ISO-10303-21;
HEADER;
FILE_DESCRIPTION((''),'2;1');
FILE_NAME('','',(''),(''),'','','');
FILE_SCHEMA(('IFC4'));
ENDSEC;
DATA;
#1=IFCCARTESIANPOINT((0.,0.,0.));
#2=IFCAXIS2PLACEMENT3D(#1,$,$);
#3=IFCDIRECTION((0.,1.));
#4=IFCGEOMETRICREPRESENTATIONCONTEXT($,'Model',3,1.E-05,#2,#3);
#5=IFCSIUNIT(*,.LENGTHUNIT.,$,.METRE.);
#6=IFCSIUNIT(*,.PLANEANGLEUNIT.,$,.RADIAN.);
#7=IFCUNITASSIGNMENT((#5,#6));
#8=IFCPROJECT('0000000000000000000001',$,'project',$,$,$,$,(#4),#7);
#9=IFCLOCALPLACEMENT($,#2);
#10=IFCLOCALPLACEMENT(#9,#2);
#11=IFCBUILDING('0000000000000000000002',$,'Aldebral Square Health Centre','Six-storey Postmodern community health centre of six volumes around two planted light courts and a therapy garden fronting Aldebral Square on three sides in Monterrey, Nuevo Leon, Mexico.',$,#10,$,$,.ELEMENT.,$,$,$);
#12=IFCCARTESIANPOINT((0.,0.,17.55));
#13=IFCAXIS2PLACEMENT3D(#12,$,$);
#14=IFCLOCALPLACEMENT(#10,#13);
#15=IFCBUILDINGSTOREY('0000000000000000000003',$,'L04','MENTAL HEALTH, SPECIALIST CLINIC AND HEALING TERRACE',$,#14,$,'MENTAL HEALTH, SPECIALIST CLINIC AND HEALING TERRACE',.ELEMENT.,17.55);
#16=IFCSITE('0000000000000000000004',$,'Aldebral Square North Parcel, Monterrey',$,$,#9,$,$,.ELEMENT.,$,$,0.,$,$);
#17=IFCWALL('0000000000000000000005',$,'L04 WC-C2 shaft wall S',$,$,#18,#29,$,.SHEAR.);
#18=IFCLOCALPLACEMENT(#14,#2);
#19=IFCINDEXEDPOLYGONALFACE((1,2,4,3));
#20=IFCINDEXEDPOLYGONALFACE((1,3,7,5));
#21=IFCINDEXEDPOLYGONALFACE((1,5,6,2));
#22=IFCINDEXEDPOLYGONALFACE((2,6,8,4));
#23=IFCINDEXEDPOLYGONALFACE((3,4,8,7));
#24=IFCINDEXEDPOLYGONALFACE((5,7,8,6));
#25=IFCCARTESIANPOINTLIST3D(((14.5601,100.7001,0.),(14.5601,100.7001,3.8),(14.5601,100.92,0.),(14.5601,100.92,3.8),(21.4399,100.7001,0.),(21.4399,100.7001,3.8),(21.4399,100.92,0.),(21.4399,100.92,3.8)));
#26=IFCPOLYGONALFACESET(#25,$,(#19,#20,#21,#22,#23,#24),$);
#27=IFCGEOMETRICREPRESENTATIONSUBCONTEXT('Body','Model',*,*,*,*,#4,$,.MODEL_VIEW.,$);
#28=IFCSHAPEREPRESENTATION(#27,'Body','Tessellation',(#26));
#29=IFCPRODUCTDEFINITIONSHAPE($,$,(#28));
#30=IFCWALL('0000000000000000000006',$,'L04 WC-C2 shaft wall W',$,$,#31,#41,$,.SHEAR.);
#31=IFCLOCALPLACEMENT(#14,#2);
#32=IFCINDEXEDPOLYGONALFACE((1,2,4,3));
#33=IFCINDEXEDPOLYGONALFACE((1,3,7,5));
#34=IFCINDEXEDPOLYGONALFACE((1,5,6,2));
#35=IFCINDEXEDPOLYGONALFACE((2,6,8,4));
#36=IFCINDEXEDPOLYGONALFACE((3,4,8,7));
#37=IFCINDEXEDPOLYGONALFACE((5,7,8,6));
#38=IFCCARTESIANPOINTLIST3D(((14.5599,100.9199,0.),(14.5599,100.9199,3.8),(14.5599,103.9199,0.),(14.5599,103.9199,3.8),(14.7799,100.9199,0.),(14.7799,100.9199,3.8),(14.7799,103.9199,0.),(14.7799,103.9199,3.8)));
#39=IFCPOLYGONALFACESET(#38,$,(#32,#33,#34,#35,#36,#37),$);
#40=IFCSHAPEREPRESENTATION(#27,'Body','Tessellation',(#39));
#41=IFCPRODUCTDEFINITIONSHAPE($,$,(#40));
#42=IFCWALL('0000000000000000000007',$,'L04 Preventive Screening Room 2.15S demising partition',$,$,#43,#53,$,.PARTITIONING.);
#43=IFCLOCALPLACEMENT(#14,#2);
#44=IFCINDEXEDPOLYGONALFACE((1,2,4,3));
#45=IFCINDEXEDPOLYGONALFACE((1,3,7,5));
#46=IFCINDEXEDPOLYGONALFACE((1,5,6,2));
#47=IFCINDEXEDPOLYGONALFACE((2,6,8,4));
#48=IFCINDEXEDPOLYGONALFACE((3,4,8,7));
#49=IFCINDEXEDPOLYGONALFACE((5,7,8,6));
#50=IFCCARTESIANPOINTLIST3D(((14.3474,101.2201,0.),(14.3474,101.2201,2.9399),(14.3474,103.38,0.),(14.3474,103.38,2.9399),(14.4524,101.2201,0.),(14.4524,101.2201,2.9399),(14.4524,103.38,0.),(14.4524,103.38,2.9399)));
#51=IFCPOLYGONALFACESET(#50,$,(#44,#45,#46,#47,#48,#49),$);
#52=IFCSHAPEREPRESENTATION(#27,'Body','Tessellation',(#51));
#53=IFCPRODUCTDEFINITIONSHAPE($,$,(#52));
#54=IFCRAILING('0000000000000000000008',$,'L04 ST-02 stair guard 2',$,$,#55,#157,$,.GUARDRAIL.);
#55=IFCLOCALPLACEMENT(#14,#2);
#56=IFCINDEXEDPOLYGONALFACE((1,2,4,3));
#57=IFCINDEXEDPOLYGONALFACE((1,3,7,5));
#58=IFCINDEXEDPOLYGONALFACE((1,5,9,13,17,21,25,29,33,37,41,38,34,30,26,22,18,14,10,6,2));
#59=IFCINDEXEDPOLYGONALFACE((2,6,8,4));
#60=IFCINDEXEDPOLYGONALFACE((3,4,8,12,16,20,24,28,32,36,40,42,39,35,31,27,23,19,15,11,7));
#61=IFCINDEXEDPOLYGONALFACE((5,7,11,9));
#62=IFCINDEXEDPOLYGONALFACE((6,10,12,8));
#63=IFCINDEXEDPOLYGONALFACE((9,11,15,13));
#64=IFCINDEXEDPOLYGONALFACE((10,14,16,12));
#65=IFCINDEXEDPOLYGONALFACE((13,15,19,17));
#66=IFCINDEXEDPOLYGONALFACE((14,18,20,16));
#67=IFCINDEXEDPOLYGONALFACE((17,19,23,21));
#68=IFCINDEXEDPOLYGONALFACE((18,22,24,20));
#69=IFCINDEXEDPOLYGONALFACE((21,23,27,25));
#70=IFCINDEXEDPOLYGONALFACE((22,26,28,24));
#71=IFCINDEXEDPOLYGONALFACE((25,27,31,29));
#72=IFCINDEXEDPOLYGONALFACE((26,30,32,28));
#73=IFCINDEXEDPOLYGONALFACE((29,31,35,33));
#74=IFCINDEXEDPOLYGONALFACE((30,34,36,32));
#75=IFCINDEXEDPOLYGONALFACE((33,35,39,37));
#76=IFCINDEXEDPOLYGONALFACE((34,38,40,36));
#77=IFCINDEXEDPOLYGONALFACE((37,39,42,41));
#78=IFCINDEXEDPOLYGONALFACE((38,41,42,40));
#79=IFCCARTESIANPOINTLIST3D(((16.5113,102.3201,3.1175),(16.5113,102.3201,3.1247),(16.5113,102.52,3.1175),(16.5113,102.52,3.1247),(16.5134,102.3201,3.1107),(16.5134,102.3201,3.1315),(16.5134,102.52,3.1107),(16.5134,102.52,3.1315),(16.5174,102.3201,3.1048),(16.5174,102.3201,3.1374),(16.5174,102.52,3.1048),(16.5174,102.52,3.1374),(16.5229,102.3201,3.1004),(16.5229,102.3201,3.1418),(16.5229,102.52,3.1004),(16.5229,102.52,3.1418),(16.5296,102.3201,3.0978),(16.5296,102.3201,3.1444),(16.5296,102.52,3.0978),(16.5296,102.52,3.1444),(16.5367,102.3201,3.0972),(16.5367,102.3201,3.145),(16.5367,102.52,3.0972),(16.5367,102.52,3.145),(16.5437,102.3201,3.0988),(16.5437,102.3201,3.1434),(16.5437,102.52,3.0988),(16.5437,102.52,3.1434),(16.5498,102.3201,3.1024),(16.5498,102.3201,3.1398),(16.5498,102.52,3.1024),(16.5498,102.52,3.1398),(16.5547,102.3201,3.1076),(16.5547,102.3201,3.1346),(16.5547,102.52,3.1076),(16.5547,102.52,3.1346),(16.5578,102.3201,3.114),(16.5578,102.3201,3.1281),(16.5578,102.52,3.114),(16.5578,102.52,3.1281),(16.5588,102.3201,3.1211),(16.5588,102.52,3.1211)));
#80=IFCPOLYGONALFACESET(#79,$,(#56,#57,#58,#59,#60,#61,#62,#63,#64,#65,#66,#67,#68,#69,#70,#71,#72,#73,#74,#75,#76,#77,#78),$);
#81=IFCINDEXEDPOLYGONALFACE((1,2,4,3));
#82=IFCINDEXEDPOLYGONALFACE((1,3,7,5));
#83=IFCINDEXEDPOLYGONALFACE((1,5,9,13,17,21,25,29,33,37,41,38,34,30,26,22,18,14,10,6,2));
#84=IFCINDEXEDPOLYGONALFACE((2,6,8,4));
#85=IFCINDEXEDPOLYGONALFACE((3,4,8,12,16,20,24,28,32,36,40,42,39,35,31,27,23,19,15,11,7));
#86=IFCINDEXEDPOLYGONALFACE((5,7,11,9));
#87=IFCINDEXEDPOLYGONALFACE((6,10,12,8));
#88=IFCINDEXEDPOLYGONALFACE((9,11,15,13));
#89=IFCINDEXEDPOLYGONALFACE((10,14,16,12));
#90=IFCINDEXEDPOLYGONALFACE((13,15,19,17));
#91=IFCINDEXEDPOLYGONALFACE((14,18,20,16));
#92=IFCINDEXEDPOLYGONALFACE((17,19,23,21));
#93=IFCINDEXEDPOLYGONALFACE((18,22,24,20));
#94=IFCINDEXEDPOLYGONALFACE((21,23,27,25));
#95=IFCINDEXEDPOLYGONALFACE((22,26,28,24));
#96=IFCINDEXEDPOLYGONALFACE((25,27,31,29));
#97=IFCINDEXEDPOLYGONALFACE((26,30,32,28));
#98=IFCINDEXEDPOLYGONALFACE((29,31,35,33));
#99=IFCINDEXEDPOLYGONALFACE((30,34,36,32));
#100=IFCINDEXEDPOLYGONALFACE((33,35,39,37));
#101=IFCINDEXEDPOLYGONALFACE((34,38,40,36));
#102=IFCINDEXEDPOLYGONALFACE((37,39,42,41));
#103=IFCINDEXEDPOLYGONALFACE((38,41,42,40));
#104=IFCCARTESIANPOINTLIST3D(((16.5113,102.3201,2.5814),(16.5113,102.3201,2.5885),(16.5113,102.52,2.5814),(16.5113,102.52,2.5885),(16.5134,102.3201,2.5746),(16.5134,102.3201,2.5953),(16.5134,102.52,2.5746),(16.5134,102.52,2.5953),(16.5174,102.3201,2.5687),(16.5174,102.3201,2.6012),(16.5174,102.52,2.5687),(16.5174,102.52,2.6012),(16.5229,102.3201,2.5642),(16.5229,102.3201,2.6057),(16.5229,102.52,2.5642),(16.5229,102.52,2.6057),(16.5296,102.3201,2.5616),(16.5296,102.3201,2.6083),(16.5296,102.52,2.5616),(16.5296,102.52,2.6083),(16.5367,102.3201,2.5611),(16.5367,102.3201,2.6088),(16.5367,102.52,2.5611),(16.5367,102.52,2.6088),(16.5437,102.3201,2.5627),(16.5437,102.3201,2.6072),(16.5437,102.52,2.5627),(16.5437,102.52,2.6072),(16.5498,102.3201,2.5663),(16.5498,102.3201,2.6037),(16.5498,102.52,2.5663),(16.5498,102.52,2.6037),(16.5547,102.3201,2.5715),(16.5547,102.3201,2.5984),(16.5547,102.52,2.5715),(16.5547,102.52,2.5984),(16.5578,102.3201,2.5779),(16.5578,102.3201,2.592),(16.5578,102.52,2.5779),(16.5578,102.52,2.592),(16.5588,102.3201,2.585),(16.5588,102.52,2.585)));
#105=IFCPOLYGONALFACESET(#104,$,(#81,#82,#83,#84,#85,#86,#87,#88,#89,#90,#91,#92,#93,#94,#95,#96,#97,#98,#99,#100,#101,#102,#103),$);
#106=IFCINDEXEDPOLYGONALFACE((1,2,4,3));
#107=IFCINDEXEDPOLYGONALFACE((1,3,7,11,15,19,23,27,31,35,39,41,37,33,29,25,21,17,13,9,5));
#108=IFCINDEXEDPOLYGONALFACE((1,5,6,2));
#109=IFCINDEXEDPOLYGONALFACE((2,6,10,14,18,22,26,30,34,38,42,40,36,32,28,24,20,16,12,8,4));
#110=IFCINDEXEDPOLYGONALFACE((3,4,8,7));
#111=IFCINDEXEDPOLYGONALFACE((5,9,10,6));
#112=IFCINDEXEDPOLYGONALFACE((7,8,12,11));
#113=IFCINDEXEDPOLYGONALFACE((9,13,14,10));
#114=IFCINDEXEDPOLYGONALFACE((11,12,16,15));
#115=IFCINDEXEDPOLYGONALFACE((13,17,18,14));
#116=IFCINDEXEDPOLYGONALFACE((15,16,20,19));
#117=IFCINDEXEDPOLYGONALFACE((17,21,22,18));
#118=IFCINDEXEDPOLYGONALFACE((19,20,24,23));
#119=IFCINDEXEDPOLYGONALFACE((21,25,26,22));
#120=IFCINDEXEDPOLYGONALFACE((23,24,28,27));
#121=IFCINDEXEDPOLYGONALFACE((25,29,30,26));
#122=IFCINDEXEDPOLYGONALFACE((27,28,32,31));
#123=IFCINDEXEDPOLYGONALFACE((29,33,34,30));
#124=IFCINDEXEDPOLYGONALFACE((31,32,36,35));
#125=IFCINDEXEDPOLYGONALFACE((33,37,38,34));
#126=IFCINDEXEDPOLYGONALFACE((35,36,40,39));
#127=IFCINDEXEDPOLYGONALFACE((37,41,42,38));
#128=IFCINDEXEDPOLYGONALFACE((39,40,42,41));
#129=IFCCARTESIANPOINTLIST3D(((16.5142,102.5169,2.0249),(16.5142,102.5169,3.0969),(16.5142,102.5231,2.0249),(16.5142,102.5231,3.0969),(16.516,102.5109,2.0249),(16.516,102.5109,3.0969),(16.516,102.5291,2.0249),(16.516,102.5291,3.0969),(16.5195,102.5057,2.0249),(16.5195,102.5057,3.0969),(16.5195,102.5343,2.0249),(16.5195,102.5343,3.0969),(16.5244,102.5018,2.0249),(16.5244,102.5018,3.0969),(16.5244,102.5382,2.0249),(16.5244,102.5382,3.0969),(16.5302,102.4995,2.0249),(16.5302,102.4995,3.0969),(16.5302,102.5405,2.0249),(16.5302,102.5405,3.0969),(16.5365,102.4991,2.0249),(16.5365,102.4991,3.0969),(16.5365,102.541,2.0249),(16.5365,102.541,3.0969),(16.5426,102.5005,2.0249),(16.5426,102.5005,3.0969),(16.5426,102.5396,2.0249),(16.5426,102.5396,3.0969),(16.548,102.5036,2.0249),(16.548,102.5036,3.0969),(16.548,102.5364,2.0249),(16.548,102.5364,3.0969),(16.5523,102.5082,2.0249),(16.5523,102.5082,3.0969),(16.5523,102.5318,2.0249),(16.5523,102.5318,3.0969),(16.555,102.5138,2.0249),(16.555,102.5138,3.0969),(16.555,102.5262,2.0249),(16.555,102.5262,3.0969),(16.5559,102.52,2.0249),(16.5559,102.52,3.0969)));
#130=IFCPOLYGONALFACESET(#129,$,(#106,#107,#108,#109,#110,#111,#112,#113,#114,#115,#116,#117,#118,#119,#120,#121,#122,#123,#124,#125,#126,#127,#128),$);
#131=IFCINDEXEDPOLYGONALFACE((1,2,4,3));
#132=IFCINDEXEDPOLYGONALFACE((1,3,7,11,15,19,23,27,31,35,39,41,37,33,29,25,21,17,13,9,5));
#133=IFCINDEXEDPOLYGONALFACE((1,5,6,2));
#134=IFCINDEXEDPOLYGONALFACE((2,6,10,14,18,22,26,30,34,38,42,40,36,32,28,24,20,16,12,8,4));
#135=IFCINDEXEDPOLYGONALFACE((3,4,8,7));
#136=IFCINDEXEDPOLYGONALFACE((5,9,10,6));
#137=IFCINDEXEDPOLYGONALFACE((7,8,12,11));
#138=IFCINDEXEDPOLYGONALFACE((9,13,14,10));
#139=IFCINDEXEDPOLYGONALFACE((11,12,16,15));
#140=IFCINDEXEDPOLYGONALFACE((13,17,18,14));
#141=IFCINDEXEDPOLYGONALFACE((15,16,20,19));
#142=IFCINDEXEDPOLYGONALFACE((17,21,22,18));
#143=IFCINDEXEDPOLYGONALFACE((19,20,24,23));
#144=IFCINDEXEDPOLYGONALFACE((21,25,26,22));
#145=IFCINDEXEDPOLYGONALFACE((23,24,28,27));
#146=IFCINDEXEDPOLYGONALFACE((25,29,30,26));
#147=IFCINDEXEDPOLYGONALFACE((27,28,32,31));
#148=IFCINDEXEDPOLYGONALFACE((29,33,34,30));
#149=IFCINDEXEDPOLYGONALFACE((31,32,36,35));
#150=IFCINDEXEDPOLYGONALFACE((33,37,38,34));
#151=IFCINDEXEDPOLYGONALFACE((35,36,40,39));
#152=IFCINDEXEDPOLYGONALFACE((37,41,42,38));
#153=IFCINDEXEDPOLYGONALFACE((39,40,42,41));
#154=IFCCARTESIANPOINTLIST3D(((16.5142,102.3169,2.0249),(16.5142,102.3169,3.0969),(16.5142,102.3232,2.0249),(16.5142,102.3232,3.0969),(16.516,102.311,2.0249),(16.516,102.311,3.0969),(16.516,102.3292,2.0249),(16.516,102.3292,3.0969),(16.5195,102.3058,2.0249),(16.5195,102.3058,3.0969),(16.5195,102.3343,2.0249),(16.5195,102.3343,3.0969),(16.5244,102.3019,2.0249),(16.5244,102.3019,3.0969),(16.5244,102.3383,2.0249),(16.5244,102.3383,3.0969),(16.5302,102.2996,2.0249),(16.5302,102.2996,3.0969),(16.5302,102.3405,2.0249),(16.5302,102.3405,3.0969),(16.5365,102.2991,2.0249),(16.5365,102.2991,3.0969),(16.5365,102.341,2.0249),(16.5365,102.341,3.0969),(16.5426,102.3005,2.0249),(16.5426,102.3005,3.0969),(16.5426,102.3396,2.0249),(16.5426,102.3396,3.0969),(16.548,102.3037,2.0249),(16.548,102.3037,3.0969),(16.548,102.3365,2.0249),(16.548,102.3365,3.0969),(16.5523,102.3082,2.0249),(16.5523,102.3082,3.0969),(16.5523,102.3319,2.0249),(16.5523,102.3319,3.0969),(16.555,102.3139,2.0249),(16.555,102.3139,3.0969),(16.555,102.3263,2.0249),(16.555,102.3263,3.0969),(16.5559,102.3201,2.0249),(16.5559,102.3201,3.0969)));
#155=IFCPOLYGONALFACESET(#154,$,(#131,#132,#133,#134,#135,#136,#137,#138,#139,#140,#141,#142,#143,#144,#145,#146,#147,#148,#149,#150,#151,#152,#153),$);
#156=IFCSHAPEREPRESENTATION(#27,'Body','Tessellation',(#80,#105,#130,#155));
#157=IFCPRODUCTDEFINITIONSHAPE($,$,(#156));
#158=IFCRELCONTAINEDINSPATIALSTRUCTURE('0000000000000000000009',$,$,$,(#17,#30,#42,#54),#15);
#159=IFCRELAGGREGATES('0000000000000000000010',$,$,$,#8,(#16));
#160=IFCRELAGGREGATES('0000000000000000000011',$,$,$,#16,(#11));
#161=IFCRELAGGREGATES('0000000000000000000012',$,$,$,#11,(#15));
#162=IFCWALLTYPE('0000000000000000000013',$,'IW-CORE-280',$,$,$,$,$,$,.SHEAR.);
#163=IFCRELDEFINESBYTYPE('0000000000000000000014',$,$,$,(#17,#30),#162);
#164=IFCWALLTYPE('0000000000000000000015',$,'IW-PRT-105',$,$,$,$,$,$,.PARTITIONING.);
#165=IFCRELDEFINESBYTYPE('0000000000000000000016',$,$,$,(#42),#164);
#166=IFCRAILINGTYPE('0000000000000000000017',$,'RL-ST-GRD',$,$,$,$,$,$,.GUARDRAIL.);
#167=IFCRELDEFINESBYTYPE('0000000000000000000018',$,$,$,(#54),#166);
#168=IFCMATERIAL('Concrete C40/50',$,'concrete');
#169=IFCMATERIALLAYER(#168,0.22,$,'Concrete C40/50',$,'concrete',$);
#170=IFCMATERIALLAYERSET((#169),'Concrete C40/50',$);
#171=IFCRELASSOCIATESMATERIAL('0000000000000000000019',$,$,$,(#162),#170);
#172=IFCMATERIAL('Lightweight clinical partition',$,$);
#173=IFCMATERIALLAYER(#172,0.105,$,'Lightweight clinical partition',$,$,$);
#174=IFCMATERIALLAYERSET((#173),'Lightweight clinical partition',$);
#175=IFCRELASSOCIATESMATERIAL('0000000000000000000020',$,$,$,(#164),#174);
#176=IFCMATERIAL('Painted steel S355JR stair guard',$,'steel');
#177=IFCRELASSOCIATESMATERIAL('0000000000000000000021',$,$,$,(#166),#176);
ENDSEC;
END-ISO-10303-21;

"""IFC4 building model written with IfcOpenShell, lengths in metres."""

from ifc_helpers import new_model, si_unit, direction, frame, frame_2d, origin, origin_2d, place, context, subcontext, project, spatial, rectangle, circle, extrude, material, layer, layer_set, type_object, element, save


model = new_model("IFC4")

# Units and contexts
model_context = context("Model", 3, precision=1e-05, world=origin(), true_north=direction((0.0, 1.0)))
body_context = subcontext(model_context, "Body", "Model", "MODEL_VIEW")
ifc_project = project(units=[si_unit("LENGTHUNIT", "METRE"), si_unit("PLANEANGLEUNIT", "RADIAN")], contexts=[model_context])

# Site, building, storey
site_placement = place(None, origin())
site = spatial("IfcSite", under=ifc_project, at=site_placement, Name="Aldebral Square North Parcel, Monterrey", CompositionType="ELEMENT", RefElevation=0.0)
building_placement = place(site_placement, origin())
building = spatial("IfcBuilding", under=site, at=building_placement, Name="Aldebral Square Health Centre", Description="Six-storey Postmodern community health centre of six volumes around two planted light courts and a therapy garden fronting Aldebral Square on three sides in Monterrey, Nuevo Leon, Mexico.", CompositionType="ELEMENT")
storey_placement = place(building_placement, frame((0.0, 0.0, 17.55)))
storey = spatial("IfcBuildingStorey", under=building, at=storey_placement, Name="L04", Description="MENTAL HEALTH, SPECIALIST CLINIC AND HEALING TERRACE", LongName="MENTAL HEALTH, SPECIALIST CLINIC AND HEALING TERRACE", CompositionType="ELEMENT", Elevation=17.55)

# Shared definitions
ifc_material_1 = material(Name="Concrete C40/50", Category="concrete")

# Wall
ifc_layer_1 = layer(ifc_material_1, 0.22, Name="Concrete C40/50", Category="concrete")
ifc_layer_set_1 = layer_set([ifc_layer_1], Name="Concrete C40/50")
wall_type_1 = type_object("IfcWallType", Name="IW-CORE-280", PredefinedType="SHEAR", material=ifc_layer_set_1)
wall_1_placement = place(storey_placement, frame((14.5601, 100.8101, 0.0), z_axis=(0.0, 0.0, 1.0), x_axis=(1.0, 0.0, 0.0)))
element("IfcWall", 1, at=wall_1_placement, inside=storey, type_object=wall_type_1, Name="L04 WC-C2 shaft wall S", PredefinedType="SHEAR", context=body_context, shape_type="SweptSolid", body=[
    extrude(rectangle(XDim=6.8799, YDim=0.22, at=frame_2d((3.4399, 0.0))), origin(), (0.0, 0.0, 1.0), 3.8),
])

# Walls
wall_2_placement = place(storey_placement, frame((14.6699, 100.9199, 0.0), z_axis=(0.0, 0.0, 1.0), x_axis=(0.0, 1.0, 0.0)))
element("IfcWall", 2, at=wall_2_placement, inside=storey, type_object=wall_type_1, Name="L04 WC-C2 shaft wall W", PredefinedType="SHEAR", context=body_context, shape_type="SweptSolid", body=[
    extrude(rectangle(XDim=3.0, YDim=0.22, at=frame_2d((1.5, 0.0))), origin(), (0.0, 0.0, 1.0), 3.8),
])
ifc_material_2 = material(Name="Lightweight clinical partition")
ifc_layer_2 = layer(ifc_material_2, 0.105, Name="Lightweight clinical partition")
ifc_layer_set_2 = layer_set([ifc_layer_2], Name="Lightweight clinical partition")
wall_type_2 = type_object("IfcWallType", Name="IW-PRT-105", PredefinedType="PARTITIONING", material=ifc_layer_set_2)
wall_3_placement = place(storey_placement, frame((14.3999, 101.22, 0.0), z_axis=(0.0, 0.0, 1.0), x_axis=(0.0, 1.0, 0.0)))
element("IfcWall", 3, at=wall_3_placement, inside=storey, type_object=wall_type_2, Name="L04 Preventive Screening Room 2.15S demising partition", PredefinedType="PARTITIONING", context=body_context, shape_type="SweptSolid", body=[
    extrude(rectangle(XDim=2.1599, YDim=0.105, at=frame_2d((1.0801, 0.0))), origin(), (0.0, 0.0, 1.0), 2.9399),
])

# Railing
ifc_material_3 = material(Name="Painted steel S355JR stair guard", Category="steel")
railing_type_1 = type_object("IfcRailingType", Name="RL-ST-GRD", PredefinedType="GUARDRAIL", material=ifc_material_3)
railing_1_placement = place(storey_placement, frame((16.5349, 102.52, 2.0249)))
element("IfcRailing", 4, at=railing_1_placement, inside=storey, type_object=railing_type_1, Name="L04 ST-02 stair guard 2", PredefinedType="GUARDRAIL", context=body_context, shape_type="SweptSolid", body=[
    extrude(circle(Radius=0.0239, at=origin_2d()), frame((0.0, 0.0, 1.0962), z_axis=(0.0, -1.0, 0.0), x_axis=(1.0, 0.0, 0.0)), (0.0, 0.0, 1.0), 0.2),
    extrude(circle(Radius=0.0239, at=origin_2d()), frame((0.0, 0.0, 0.5601), z_axis=(0.0, -1.0, 0.0), x_axis=(1.0, 0.0, 0.0)), (0.0, 0.0, 1.0), 0.2),
    extrude(circle(Radius=0.021, at=origin_2d()), origin(), (0.0, 0.0, 1.0), 1.072),
    extrude(circle(Radius=0.021, at=origin_2d()), frame((0.0, -0.2, 0.0)), (0.0, 0.0, 1.0), 1.072),
])

save(model, "model.ifc")
